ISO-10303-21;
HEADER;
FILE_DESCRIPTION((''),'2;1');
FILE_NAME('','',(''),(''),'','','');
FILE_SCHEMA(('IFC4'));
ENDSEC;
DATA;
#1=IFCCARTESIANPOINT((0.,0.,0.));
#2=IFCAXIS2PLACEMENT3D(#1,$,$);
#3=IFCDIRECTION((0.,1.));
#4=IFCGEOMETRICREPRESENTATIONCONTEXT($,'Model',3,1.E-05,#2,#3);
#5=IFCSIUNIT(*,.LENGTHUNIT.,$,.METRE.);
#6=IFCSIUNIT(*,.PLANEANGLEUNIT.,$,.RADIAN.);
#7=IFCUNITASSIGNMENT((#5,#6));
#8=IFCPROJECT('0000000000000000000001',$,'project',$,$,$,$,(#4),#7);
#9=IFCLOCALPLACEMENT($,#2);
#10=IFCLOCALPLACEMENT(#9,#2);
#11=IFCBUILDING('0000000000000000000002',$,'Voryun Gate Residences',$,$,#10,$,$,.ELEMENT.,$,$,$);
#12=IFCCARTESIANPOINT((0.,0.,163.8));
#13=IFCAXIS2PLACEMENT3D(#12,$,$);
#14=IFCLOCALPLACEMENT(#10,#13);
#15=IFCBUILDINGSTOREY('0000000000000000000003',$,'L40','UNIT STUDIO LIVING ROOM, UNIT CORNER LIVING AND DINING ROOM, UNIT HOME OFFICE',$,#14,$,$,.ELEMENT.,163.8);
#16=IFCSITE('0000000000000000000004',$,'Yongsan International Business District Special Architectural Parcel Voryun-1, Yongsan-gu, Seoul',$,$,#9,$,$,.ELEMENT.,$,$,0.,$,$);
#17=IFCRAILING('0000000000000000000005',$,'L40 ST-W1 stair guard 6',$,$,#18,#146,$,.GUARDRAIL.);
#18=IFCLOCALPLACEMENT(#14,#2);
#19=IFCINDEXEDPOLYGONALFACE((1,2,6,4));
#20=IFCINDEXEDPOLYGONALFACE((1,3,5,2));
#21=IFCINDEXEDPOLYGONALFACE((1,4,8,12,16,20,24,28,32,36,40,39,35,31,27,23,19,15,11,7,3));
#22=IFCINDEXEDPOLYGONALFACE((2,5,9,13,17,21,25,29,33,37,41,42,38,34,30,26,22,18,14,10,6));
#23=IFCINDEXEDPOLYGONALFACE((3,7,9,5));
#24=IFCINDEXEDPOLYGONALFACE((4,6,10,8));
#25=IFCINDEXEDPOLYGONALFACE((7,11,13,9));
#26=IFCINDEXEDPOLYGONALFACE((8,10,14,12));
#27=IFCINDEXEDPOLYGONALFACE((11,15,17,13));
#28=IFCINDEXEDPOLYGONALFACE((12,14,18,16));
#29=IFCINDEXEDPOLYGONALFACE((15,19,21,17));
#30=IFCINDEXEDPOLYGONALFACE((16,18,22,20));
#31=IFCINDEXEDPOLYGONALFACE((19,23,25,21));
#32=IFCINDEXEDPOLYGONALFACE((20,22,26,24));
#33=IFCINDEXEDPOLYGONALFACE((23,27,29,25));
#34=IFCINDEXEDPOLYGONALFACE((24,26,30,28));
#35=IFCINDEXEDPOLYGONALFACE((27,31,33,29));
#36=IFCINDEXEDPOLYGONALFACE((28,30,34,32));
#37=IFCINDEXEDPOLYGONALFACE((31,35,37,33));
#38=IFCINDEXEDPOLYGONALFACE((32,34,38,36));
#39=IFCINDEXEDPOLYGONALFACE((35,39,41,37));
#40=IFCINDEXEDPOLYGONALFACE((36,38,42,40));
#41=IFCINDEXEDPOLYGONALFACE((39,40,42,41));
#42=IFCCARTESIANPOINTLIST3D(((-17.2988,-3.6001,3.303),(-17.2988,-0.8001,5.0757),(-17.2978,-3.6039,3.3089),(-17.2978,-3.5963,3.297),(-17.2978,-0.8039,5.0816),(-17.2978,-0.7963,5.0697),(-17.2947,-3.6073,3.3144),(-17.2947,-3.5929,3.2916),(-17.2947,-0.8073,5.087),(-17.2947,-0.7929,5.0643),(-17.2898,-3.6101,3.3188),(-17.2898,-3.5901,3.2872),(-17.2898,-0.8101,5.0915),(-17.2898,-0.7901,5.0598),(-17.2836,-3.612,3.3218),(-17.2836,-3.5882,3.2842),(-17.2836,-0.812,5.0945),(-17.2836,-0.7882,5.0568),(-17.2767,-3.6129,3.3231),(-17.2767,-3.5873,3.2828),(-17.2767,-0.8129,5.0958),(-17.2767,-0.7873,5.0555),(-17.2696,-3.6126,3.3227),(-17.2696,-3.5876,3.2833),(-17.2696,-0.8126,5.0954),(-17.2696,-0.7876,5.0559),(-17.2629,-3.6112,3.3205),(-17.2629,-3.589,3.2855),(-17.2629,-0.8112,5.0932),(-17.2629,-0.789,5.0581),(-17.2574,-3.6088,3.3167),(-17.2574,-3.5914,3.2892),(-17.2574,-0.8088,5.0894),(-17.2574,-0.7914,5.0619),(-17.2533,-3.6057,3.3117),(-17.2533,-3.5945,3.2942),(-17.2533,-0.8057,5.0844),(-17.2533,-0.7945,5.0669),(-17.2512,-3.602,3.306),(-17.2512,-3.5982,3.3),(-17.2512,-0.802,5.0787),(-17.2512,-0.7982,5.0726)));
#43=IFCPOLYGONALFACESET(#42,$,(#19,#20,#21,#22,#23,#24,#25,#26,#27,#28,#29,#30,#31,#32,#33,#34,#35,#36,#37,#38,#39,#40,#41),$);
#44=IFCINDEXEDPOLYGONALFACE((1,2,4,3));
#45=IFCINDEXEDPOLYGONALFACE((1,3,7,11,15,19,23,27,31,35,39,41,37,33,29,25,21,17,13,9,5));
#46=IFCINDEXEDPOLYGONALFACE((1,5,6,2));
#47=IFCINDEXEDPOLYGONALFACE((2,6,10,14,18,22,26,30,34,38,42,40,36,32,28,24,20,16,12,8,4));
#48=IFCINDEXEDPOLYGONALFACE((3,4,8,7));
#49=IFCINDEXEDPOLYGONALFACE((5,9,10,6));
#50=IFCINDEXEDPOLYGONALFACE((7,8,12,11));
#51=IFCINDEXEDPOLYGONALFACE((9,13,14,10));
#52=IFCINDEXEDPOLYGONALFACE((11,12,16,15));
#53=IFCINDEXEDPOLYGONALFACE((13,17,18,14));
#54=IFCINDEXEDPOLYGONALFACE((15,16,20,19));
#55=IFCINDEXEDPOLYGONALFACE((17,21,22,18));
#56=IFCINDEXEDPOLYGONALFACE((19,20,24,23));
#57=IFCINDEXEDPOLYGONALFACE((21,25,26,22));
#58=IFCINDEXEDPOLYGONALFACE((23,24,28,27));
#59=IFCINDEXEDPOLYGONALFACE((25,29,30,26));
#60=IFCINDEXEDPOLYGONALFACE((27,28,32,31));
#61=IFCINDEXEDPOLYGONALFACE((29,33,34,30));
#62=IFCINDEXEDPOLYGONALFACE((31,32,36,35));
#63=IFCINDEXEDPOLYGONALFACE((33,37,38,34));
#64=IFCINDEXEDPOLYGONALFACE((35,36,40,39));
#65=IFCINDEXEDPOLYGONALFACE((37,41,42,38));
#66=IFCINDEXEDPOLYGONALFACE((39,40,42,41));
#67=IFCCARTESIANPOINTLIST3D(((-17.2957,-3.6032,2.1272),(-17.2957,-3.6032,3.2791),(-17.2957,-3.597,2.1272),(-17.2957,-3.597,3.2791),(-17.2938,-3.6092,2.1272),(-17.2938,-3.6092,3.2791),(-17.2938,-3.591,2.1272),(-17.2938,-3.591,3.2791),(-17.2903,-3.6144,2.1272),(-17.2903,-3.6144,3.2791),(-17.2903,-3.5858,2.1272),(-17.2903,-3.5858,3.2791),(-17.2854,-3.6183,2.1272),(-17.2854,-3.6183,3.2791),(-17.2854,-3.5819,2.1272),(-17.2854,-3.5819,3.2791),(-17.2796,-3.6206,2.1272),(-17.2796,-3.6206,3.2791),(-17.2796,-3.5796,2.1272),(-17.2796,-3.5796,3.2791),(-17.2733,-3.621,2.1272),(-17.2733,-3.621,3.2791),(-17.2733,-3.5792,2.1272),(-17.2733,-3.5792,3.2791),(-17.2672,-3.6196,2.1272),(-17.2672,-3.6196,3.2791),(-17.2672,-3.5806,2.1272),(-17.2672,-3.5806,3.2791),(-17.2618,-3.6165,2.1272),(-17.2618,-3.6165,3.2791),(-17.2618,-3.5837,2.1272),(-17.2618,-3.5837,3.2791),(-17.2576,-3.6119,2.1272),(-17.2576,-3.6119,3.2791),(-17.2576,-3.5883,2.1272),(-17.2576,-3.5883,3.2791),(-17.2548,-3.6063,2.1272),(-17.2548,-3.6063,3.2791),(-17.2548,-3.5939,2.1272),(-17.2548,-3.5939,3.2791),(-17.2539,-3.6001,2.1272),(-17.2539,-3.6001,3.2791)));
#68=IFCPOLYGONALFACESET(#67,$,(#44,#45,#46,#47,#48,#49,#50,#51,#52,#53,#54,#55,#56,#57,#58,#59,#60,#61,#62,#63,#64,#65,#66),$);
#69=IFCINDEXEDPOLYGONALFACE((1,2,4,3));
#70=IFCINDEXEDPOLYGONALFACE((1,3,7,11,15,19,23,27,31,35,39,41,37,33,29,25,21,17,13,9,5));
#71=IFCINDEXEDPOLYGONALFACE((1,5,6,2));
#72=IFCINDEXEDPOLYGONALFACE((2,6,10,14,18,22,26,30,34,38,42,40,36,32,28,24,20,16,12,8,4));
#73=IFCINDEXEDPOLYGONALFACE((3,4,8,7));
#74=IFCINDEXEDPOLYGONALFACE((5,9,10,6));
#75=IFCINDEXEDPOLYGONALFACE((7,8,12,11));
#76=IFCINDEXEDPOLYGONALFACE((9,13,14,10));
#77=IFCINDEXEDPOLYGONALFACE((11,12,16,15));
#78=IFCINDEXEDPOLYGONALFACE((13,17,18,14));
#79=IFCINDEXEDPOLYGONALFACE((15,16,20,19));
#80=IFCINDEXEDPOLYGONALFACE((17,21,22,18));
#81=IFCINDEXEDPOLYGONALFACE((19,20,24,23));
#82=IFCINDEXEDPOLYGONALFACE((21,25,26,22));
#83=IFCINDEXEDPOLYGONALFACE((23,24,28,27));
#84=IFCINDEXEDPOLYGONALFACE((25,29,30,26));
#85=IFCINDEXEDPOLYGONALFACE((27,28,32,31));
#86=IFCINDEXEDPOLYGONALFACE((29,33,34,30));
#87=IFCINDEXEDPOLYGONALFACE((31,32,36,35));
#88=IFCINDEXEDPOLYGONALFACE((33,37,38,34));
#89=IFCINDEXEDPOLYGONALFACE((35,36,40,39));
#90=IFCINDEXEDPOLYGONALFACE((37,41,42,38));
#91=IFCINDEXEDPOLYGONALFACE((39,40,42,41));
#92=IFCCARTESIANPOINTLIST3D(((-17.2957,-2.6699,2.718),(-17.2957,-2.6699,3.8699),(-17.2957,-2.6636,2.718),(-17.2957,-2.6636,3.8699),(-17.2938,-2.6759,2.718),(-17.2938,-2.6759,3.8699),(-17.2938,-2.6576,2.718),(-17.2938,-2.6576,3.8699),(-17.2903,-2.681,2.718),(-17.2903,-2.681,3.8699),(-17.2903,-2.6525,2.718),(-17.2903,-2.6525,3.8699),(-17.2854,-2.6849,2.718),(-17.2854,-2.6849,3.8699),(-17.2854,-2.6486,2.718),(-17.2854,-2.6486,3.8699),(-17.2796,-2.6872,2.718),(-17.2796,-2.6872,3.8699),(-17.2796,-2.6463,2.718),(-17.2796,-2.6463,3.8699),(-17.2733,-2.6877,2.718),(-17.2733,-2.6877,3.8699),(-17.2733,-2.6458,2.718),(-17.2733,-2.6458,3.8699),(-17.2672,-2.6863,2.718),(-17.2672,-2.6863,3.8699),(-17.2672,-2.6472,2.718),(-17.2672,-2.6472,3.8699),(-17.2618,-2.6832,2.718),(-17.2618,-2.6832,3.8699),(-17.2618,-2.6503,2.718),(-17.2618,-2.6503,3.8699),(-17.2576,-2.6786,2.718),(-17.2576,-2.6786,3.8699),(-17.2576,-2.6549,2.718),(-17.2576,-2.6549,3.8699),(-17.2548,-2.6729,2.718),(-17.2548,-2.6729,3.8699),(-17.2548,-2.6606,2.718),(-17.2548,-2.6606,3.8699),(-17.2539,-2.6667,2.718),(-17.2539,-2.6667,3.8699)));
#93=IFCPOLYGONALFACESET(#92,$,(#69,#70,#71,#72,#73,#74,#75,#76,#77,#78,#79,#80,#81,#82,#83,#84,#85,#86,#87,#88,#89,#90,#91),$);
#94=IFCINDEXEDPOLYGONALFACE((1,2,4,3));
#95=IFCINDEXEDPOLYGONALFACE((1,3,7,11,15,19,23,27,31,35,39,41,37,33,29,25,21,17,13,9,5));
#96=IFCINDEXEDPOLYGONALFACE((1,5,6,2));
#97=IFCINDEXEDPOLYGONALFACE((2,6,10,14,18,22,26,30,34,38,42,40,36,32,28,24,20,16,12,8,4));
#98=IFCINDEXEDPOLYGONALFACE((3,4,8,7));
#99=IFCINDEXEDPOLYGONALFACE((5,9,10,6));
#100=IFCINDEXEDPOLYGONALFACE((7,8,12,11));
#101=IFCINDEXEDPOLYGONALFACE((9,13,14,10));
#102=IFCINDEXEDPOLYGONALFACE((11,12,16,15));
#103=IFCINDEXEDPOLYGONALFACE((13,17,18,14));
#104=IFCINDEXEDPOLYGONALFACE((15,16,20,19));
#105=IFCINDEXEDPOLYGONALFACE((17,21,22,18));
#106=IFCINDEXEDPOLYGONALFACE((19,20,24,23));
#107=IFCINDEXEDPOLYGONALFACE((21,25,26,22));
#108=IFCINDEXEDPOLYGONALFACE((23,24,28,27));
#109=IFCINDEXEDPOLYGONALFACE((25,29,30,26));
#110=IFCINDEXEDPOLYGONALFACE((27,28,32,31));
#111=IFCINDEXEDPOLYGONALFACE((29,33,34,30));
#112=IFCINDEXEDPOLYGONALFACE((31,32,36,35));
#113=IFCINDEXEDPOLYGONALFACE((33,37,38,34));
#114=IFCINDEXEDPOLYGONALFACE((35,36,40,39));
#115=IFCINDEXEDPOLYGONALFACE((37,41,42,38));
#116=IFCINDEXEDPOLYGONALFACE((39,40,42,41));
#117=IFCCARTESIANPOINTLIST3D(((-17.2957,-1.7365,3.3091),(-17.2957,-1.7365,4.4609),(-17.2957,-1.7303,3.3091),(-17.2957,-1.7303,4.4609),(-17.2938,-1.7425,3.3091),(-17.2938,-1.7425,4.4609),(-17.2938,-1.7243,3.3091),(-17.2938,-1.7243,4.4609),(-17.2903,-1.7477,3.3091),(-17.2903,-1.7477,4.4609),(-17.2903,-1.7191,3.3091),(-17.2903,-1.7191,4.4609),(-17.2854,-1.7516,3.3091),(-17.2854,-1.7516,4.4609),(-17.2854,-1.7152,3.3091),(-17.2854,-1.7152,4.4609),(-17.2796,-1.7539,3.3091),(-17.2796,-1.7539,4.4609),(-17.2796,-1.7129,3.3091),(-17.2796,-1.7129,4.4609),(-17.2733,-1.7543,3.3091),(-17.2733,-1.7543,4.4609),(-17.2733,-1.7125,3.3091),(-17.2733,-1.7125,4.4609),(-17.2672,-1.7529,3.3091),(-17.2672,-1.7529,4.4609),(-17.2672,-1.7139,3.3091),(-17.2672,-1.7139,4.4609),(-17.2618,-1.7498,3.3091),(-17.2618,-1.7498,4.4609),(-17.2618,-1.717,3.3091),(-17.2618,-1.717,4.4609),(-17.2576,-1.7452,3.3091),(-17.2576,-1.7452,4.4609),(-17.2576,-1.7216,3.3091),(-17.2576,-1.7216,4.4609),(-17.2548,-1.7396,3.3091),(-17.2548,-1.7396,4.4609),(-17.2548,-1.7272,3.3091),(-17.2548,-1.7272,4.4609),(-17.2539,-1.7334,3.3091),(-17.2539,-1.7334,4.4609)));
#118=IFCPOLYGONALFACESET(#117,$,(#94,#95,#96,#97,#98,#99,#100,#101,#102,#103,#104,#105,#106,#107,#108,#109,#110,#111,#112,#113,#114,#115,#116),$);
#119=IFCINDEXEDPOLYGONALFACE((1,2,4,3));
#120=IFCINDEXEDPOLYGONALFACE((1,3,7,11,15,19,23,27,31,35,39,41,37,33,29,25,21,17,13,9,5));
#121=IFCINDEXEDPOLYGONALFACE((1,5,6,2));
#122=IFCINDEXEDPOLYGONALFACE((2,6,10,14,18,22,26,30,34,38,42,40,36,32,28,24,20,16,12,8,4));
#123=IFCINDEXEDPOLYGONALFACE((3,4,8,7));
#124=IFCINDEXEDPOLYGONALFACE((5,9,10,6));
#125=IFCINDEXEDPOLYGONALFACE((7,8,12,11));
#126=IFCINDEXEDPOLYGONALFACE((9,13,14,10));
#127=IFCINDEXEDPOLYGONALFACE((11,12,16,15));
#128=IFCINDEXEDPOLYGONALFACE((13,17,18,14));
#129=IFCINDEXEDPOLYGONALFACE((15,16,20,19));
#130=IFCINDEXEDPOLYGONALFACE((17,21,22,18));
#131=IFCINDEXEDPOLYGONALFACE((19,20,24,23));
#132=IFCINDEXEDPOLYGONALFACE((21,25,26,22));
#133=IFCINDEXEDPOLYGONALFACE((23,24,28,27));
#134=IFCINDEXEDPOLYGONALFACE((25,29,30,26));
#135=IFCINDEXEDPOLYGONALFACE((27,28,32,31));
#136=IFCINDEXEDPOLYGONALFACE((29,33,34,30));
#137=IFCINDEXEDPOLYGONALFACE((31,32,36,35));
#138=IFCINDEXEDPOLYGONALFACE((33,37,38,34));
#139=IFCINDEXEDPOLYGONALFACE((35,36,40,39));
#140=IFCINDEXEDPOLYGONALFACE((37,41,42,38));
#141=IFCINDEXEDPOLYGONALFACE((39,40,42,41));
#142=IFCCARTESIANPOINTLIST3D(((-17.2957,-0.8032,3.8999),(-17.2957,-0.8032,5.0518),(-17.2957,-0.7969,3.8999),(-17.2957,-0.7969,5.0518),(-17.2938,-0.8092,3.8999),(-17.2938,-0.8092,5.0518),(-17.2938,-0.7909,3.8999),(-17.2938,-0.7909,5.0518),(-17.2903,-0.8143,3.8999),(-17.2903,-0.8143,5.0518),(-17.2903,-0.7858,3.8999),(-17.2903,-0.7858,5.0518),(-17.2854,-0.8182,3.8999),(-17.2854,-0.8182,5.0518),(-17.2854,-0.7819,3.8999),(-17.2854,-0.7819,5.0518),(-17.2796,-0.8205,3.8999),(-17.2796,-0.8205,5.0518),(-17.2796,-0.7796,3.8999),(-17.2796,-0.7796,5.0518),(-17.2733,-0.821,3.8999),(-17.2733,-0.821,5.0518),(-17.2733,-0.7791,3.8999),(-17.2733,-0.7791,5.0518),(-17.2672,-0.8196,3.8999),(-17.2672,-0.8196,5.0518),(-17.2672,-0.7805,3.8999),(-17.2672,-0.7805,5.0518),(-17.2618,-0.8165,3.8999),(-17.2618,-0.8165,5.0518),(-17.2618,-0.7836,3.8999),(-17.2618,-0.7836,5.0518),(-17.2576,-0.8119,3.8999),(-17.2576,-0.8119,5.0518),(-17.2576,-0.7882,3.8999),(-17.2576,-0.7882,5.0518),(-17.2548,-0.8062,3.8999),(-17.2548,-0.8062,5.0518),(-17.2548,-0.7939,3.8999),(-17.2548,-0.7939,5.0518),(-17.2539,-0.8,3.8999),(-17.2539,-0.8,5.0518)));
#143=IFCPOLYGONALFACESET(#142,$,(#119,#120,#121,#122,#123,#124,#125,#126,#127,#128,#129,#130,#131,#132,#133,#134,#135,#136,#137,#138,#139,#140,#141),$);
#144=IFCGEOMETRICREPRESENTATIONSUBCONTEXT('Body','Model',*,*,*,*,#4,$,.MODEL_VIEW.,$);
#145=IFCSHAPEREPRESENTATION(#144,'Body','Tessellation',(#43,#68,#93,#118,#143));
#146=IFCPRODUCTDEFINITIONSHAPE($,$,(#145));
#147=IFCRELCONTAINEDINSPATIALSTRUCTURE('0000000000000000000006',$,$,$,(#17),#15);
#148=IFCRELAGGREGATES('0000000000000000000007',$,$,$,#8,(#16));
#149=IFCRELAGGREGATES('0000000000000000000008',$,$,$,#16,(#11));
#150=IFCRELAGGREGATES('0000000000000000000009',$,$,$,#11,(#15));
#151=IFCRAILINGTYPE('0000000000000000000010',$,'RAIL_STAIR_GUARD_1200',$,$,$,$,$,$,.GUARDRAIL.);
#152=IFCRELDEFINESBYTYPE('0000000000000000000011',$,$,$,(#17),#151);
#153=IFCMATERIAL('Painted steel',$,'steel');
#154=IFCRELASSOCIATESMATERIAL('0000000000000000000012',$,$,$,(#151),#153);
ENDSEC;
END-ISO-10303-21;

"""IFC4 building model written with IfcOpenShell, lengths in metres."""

from ifc_helpers import new_model, si_unit, direction, frame, origin, origin_2d, place, context, subcontext, project, spatial, circle, extrude, material, type_object, element, save


model = new_model("IFC4")

# Units and contexts
model_context = context("Model", 3, precision=1e-05, world=origin(), true_north=direction((0.0, 1.0)))
body_context = subcontext(model_context, "Body", "Model", "MODEL_VIEW")
ifc_project = project(units=[si_unit("LENGTHUNIT", "METRE"), si_unit("PLANEANGLEUNIT", "RADIAN")], contexts=[model_context])

# Site, building, storey
site_placement = place(None, origin())
site = spatial("IfcSite", under=ifc_project, at=site_placement, Name="Yongsan International Business District Special Architectural Parcel Voryun-1, Yongsan-gu, Seoul", CompositionType="ELEMENT", RefElevation=0.0)
building_placement = place(site_placement, origin())
building = spatial("IfcBuilding", under=site, at=building_placement, Name="Voryun Gate Residences", CompositionType="ELEMENT")
storey_placement = place(building_placement, frame((0.0, 0.0, 163.8)))
storey = spatial("IfcBuildingStorey", under=building, at=storey_placement, Name="L40", Description="UNIT STUDIO LIVING ROOM, UNIT CORNER LIVING AND DINING ROOM, UNIT HOME OFFICE", CompositionType="ELEMENT", Elevation=163.8)

# Railing
ifc_material_1 = material(Name="Painted steel", Category="steel")
railing_type_1 = type_object("IfcRailingType", Name="RAIL_STAIR_GUARD_1200", PredefinedType="GUARDRAIL", material=ifc_material_1)
railing_1_placement = place(storey_placement, frame((-17.2749, -3.6001, 2.1272)))
element("IfcRailing", 1, at=railing_1_placement, inside=storey, type_object=railing_type_1, Name="L40 ST-W1 stair guard 6", PredefinedType="GUARDRAIL", context=body_context, shape_type="SweptSolid", body=[
    extrude(circle(Radius=0.0239, at=origin_2d()), frame((0.0, 0.0, 1.1758), z_axis=(0.0, 0.844909, 0.53491), x_axis=(-1.0, 0.0, 0.0)), (0.0, 0.0, 1.0), 3.314),
    extrude(circle(Radius=0.021, at=origin_2d()), origin(), (0.0, 0.0, 1.0), 1.1519),
    extrude(circle(Radius=0.021, at=origin_2d()), frame((0.0, 0.9333, 0.5908)), (0.0, 0.0, 1.0), 1.1519),
    extrude(circle(Radius=0.021, at=origin_2d()), frame((0.0, 1.8667, 1.1819)), (0.0, 0.0, 1.0), 1.1519),
    extrude(circle(Radius=0.021, at=origin_2d()), frame((0.0, 2.8, 1.7727)), (0.0, 0.0, 1.0), 1.1519),
])

save(model, "model.ifc")
